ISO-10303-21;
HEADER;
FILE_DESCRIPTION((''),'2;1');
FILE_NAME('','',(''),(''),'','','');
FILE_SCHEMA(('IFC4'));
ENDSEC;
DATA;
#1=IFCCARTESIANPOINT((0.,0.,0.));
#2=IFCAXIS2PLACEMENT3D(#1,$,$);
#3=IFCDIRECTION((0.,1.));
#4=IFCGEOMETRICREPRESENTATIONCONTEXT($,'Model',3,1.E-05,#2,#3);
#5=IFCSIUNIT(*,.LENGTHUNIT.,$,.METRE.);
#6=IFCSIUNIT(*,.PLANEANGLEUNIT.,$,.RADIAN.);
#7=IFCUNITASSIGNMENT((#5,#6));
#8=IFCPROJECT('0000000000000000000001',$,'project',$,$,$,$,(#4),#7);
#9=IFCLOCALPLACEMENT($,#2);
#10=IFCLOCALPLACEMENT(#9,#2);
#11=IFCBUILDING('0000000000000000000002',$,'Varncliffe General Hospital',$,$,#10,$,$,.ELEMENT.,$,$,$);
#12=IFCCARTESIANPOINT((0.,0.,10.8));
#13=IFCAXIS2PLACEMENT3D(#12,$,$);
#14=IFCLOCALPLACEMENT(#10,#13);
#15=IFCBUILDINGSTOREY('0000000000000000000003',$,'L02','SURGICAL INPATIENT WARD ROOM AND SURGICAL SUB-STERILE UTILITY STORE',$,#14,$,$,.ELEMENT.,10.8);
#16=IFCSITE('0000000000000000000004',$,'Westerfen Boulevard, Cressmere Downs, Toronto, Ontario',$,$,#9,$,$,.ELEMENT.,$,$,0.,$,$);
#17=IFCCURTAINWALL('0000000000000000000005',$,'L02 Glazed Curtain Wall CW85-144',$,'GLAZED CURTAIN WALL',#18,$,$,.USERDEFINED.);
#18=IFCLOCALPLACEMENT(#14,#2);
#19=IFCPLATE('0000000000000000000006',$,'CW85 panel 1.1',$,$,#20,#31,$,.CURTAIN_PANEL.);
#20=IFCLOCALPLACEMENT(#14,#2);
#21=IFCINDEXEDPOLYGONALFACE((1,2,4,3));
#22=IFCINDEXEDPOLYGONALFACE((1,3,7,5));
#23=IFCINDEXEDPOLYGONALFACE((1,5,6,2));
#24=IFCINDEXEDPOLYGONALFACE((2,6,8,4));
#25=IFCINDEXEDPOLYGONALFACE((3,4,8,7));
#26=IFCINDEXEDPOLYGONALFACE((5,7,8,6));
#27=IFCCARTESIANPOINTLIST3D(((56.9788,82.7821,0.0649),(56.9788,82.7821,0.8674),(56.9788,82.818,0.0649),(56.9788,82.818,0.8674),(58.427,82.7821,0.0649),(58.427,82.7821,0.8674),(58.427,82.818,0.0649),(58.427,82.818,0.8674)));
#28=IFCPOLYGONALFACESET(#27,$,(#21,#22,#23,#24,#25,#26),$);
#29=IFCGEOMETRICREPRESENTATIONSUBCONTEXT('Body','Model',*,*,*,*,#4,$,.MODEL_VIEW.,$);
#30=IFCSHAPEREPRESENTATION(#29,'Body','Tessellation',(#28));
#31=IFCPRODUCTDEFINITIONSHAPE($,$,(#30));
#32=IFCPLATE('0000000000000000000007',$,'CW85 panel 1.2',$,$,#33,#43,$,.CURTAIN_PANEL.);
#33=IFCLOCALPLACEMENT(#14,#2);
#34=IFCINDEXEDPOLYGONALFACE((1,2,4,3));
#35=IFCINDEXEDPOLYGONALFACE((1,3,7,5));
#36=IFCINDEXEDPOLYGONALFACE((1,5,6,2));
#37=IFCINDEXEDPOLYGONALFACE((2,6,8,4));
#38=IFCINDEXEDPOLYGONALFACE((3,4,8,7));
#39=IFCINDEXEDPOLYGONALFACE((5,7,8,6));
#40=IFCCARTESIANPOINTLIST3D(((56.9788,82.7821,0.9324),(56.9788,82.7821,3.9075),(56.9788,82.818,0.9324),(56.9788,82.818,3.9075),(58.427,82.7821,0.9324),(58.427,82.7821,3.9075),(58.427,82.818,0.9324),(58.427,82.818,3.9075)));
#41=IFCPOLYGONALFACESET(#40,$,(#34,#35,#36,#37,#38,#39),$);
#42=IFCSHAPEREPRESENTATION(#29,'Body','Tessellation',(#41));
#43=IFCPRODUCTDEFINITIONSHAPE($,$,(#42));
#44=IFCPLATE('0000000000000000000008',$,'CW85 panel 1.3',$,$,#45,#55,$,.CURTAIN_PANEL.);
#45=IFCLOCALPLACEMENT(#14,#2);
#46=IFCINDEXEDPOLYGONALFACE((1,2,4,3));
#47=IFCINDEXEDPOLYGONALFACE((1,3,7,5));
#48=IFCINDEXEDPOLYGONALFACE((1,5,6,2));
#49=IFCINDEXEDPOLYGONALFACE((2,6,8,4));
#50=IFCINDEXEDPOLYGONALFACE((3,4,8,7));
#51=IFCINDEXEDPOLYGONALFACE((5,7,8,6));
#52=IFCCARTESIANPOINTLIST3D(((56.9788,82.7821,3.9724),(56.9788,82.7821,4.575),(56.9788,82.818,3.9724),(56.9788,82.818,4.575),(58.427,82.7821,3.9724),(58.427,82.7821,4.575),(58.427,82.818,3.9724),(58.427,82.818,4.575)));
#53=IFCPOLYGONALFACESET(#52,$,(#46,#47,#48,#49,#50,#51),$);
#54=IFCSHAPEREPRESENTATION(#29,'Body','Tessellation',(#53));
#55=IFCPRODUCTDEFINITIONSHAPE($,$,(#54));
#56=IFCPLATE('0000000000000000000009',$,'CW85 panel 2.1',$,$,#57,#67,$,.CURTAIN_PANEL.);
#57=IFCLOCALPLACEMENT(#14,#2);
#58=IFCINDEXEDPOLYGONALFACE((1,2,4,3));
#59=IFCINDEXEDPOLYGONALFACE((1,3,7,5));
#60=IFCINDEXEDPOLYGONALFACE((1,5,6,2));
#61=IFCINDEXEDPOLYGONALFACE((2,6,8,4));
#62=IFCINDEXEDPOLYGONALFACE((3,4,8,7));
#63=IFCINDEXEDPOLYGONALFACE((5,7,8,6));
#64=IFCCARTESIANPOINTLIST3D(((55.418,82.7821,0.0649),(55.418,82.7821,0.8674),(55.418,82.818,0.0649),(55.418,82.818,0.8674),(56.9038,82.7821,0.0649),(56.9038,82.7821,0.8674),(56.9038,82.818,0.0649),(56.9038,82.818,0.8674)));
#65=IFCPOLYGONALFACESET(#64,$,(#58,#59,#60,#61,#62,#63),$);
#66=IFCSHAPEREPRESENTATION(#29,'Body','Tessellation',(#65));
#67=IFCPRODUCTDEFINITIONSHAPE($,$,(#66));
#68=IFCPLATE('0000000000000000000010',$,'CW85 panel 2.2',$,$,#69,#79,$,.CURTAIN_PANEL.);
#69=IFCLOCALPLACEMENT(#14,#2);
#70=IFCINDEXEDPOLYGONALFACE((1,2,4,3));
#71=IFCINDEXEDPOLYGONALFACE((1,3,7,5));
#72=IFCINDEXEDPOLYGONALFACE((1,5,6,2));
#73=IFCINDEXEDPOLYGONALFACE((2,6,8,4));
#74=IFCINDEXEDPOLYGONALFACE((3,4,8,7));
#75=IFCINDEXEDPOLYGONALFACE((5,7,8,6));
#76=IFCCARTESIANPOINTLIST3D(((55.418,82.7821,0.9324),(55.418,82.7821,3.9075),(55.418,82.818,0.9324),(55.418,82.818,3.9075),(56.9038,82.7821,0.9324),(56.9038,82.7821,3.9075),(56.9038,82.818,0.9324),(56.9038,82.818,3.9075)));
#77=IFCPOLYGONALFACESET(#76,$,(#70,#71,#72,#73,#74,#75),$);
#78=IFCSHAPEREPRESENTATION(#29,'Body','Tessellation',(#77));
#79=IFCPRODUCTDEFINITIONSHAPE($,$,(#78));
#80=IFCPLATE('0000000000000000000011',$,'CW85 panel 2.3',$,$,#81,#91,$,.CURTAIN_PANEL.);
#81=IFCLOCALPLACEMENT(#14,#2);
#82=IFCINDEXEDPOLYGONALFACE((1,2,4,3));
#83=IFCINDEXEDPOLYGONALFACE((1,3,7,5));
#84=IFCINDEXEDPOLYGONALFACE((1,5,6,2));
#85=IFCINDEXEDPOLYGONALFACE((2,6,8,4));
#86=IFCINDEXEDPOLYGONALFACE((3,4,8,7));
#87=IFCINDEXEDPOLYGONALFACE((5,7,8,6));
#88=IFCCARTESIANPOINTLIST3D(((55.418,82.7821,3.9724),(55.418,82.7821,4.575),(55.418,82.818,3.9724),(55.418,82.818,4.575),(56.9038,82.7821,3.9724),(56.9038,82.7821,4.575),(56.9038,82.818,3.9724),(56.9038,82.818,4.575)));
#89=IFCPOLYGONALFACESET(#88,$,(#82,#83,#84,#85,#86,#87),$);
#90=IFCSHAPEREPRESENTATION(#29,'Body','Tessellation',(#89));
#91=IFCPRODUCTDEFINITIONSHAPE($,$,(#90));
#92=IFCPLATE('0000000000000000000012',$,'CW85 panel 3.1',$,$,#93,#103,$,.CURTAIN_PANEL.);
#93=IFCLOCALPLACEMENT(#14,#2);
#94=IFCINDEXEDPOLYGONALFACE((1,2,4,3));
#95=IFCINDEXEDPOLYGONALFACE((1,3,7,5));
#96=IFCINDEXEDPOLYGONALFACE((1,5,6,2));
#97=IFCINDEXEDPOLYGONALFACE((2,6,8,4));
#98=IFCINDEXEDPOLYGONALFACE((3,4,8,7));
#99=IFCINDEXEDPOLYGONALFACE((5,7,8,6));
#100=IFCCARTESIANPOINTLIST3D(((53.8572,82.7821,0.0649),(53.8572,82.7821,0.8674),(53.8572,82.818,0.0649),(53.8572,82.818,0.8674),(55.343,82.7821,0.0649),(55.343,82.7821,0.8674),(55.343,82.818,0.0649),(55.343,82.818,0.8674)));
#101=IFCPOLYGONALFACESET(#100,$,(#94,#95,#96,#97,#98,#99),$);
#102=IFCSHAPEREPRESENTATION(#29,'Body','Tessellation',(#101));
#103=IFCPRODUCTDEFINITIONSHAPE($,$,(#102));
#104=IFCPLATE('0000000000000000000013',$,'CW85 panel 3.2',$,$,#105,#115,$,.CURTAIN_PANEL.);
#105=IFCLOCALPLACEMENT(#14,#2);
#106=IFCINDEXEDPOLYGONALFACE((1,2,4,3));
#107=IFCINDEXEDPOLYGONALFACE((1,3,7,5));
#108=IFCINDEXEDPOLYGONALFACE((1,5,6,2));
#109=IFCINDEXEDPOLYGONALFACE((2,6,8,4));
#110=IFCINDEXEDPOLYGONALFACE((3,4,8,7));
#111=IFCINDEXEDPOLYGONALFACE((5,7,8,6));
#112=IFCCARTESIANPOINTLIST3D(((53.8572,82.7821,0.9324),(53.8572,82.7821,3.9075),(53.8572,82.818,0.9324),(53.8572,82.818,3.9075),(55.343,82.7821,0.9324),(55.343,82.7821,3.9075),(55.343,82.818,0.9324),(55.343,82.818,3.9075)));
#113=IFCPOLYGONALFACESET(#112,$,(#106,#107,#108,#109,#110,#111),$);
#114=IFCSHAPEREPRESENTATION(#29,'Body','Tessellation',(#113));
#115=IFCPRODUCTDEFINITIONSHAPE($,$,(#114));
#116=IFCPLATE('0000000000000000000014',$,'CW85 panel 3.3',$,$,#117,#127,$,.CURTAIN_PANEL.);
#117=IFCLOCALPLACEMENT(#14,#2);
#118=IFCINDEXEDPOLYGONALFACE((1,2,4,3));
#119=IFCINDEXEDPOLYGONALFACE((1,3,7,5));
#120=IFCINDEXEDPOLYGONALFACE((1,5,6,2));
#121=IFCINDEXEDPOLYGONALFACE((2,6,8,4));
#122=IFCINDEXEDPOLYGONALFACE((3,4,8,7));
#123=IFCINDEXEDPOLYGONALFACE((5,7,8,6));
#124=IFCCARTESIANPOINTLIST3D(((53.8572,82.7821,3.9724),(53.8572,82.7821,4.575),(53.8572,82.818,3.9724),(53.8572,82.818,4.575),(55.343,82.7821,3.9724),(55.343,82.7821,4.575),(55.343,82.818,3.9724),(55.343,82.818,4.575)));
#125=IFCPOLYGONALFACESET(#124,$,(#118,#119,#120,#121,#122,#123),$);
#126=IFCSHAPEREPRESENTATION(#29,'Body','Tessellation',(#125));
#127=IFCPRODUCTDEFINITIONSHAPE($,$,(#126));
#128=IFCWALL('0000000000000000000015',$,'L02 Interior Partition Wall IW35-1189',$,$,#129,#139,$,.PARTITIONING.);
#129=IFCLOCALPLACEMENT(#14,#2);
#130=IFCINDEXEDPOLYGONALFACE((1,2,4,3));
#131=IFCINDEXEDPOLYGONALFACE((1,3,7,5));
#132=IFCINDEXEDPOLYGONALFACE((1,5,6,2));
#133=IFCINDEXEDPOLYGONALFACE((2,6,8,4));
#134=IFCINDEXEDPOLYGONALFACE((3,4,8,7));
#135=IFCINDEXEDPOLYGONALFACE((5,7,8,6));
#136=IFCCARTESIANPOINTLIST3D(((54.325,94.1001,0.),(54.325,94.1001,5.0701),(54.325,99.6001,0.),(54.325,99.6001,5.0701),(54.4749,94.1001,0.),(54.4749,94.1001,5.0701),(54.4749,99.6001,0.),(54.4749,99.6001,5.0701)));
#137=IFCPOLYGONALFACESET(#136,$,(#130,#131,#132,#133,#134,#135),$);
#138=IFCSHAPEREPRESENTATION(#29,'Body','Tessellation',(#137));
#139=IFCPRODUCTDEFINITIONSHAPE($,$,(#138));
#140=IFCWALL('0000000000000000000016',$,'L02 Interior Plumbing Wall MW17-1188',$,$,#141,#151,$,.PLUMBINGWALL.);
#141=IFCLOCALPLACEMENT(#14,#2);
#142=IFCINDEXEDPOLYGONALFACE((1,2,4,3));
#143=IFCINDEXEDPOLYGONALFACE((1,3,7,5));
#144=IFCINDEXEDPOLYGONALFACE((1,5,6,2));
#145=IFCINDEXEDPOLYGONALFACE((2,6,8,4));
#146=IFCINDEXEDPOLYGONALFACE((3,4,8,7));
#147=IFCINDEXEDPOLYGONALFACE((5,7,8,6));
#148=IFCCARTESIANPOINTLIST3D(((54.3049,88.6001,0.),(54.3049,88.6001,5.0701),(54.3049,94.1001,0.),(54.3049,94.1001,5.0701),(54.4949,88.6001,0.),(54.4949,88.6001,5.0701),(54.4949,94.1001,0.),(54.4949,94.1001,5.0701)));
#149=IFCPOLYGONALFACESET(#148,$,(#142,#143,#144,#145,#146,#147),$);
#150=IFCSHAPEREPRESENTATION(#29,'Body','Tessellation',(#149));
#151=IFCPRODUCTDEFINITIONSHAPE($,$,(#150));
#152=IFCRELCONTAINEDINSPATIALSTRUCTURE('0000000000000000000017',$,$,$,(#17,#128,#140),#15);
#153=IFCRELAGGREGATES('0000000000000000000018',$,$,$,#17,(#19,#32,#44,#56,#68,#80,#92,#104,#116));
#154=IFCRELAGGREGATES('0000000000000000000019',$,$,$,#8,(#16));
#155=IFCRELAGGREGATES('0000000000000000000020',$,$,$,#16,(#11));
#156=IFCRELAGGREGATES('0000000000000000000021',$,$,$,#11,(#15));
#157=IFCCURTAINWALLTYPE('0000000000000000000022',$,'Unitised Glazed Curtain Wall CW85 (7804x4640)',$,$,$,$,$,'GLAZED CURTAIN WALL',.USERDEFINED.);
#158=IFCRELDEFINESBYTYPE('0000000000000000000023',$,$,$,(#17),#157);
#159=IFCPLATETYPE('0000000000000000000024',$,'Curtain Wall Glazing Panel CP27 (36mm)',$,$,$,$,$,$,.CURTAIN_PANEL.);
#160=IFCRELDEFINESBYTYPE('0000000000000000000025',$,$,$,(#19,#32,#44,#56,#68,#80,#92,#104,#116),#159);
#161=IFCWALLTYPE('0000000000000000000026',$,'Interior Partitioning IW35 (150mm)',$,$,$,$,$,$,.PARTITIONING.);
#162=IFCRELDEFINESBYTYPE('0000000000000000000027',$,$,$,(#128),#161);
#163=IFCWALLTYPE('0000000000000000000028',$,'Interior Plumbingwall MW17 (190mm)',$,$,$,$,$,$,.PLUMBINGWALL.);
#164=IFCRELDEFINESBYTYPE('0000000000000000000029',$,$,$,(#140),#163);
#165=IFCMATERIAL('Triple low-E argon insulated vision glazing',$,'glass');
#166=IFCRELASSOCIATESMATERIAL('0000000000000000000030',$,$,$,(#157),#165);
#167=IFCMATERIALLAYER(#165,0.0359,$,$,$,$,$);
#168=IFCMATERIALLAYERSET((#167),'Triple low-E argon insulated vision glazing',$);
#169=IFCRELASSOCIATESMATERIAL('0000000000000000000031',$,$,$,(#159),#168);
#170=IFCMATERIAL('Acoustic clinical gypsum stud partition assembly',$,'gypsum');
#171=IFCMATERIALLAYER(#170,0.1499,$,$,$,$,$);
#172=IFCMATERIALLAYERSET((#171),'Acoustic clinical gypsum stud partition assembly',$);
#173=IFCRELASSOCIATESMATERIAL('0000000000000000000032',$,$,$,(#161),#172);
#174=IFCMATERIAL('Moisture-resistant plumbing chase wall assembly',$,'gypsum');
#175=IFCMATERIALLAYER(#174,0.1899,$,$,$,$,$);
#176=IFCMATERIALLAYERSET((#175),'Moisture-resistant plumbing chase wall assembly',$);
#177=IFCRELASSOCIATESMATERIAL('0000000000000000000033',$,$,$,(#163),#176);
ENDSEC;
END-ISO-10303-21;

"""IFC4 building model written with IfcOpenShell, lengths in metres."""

from ifc_helpers import new_model, si_unit, direction, frame, frame_2d, origin, origin_2d, place, context, subcontext, project, spatial, rectangle, extrude, material, layer, layer_set, type_object, element, aggregate, save


model = new_model("IFC4")

# Units and contexts
model_context = context("Model", 3, precision=1e-05, world=origin(), true_north=direction((0.0, 1.0)))
body_context = subcontext(model_context, "Body", "Model", "MODEL_VIEW")
ifc_project = project(units=[si_unit("LENGTHUNIT", "METRE"), si_unit("PLANEANGLEUNIT", "RADIAN")], contexts=[model_context])

# Site, building, storey
site_placement = place(None, origin())
site = spatial("IfcSite", under=ifc_project, at=site_placement, Name="Westerfen Boulevard, Cressmere Downs, Toronto, Ontario", CompositionType="ELEMENT", RefElevation=0.0)
building_placement = place(site_placement, origin())
building = spatial("IfcBuilding", under=site, at=building_placement, Name="Varncliffe General Hospital", CompositionType="ELEMENT")
storey_placement = place(building_placement, frame((0.0, 0.0, 10.8)))
storey = spatial("IfcBuildingStorey", under=building, at=storey_placement, Name="L02", Description="SURGICAL INPATIENT WARD ROOM AND SURGICAL SUB-STERILE UTILITY STORE", CompositionType="ELEMENT", Elevation=10.8)

# Curtain wall, plates
ifc_material_1 = material(Name="Triple low-E argon insulated vision glazing", Category="glass")
curtain_wall_type = type_object("IfcCurtainWallType", Name="Unitised Glazed Curtain Wall CW85 (7804x4640)", ElementType="GLAZED CURTAIN WALL", PredefinedType="USERDEFINED", material=ifc_material_1)
curtain_wall_placement = place(storey_placement, origin())
curtain_wall = element("IfcCurtainWall", 1, at=curtain_wall_placement, inside=storey, type_object=curtain_wall_type, Name="L02 Glazed Curtain Wall CW85-144", ObjectType="GLAZED CURTAIN WALL", PredefinedType="USERDEFINED")
ifc_layer_1 = layer(ifc_material_1, 0.0359)
ifc_layer_set_1 = layer_set([ifc_layer_1], Name="Triple low-E argon insulated vision glazing")
plate_type = type_object("IfcPlateType", Name="Curtain Wall Glazing Panel CP27 (36mm)", PredefinedType="CURTAIN_PANEL", material=ifc_layer_set_1)
plate_1_placement = place(storey_placement, frame((57.7029, 82.8, 0.0649), z_axis=(0.0, 0.0, 1.0), x_axis=(-1.0, 0.0, 0.0)))
plate_1 = element("IfcPlate", 2, at=plate_1_placement, type_object=plate_type, Name="CW85 panel 1.1", PredefinedType="CURTAIN_PANEL", context=body_context, shape_type="SweptSolid", body=[
    extrude(rectangle(XDim=1.4482, YDim=0.0359, at=origin_2d()), origin(), (0.0, 0.0, 1.0), 0.8025),
])
plate_2_placement = place(storey_placement, frame((57.7029, 82.8, 0.9324), z_axis=(0.0, 0.0, 1.0), x_axis=(-1.0, 0.0, 0.0)))
plate_2 = element("IfcPlate", 3, at=plate_2_placement, type_object=plate_type, Name="CW85 panel 1.2", PredefinedType="CURTAIN_PANEL", context=body_context, shape_type="SweptSolid", body=[
    extrude(rectangle(XDim=1.4482, YDim=0.0359, at=origin_2d()), origin(), (0.0, 0.0, 1.0), 2.9751),
])
plate_3_placement = place(storey_placement, frame((57.7029, 82.8, 3.9724), z_axis=(0.0, 0.0, 1.0), x_axis=(-1.0, 0.0, 0.0)))
plate_3 = element("IfcPlate", 4, at=plate_3_placement, type_object=plate_type, Name="CW85 panel 1.3", PredefinedType="CURTAIN_PANEL", context=body_context, shape_type="SweptSolid", body=[
    extrude(rectangle(XDim=1.4482, YDim=0.0359, at=origin_2d()), origin(), (0.0, 0.0, 1.0), 0.6025),
])
plate_4_placement = place(storey_placement, frame((56.1609, 82.8, 0.0649), z_axis=(0.0, 0.0, 1.0), x_axis=(-1.0, 0.0, 0.0)))
plate_4 = element("IfcPlate", 5, at=plate_4_placement, type_object=plate_type, Name="CW85 panel 2.1", PredefinedType="CURTAIN_PANEL", context=body_context, shape_type="SweptSolid", body=[
    extrude(rectangle(XDim=1.4858, YDim=0.0359, at=origin_2d()), origin(), (0.0, 0.0, 1.0), 0.8025),
])
plate_5_placement = place(storey_placement, frame((56.1609, 82.8, 0.9324), z_axis=(0.0, 0.0, 1.0), x_axis=(-1.0, 0.0, 0.0)))
plate_5 = element("IfcPlate", 6, at=plate_5_placement, type_object=plate_type, Name="CW85 panel 2.2", PredefinedType="CURTAIN_PANEL", context=body_context, shape_type="SweptSolid", body=[
    extrude(rectangle(XDim=1.4858, YDim=0.0359, at=origin_2d()), origin(), (0.0, 0.0, 1.0), 2.9751),
])
plate_6_placement = place(storey_placement, frame((56.1609, 82.8, 3.9724), z_axis=(0.0, 0.0, 1.0), x_axis=(-1.0, 0.0, 0.0)))
plate_6 = element("IfcPlate", 7, at=plate_6_placement, type_object=plate_type, Name="CW85 panel 2.3", PredefinedType="CURTAIN_PANEL", context=body_context, shape_type="SweptSolid", body=[
    extrude(rectangle(XDim=1.4858, YDim=0.0359, at=origin_2d()), origin(), (0.0, 0.0, 1.0), 0.6025),
])
plate_7_placement = place(storey_placement, frame((54.6001, 82.8, 0.0649), z_axis=(0.0, 0.0, 1.0), x_axis=(-1.0, 0.0, 0.0)))
plate_7 = element("IfcPlate", 8, at=plate_7_placement, type_object=plate_type, Name="CW85 panel 3.1", PredefinedType="CURTAIN_PANEL", context=body_context, shape_type="SweptSolid", body=[
    extrude(rectangle(XDim=1.4858, YDim=0.0359, at=origin_2d()), origin(), (0.0, 0.0, 1.0), 0.8025),
])
plate_8_placement = place(storey_placement, frame((54.6001, 82.8, 0.9324), z_axis=(0.0, 0.0, 1.0), x_axis=(-1.0, 0.0, 0.0)))
plate_8 = element("IfcPlate", 9, at=plate_8_placement, type_object=plate_type, Name="CW85 panel 3.2", PredefinedType="CURTAIN_PANEL", context=body_context, shape_type="SweptSolid", body=[
    extrude(rectangle(XDim=1.4858, YDim=0.0359, at=origin_2d()), origin(), (0.0, 0.0, 1.0), 2.9751),
])
plate_9_placement = place(storey_placement, frame((54.6001, 82.8, 3.9724), z_axis=(0.0, 0.0, 1.0), x_axis=(-1.0, 0.0, 0.0)))
plate_9 = element("IfcPlate", 10, at=plate_9_placement, type_object=plate_type, Name="CW85 panel 3.3", PredefinedType="CURTAIN_PANEL", context=body_context, shape_type="SweptSolid", body=[
    extrude(rectangle(XDim=1.4858, YDim=0.0359, at=origin_2d()), origin(), (0.0, 0.0, 1.0), 0.6025),
])
aggregate(curtain_wall, [plate_1, plate_2, plate_3, plate_4, plate_5, plate_6, plate_7, plate_8, plate_9])

# Walls
ifc_material_2 = material(Name="Acoustic clinical gypsum stud partition assembly", Category="gypsum")
ifc_layer_2 = layer(ifc_material_2, 0.1499)
ifc_layer_set_2 = layer_set([ifc_layer_2], Name="Acoustic clinical gypsum stud partition assembly")
wall_type_1 = type_object("IfcWallType", Name="Interior Partitioning IW35 (150mm)", PredefinedType="PARTITIONING", material=ifc_layer_set_2)
wall_1_placement = place(storey_placement, frame((54.3999, 94.1001, 0.0), z_axis=(0.0, 0.0, 1.0), x_axis=(0.0, 1.0, 0.0)))
element("IfcWall", 11, at=wall_1_placement, inside=storey, type_object=wall_type_1, Name="L02 Interior Partition Wall IW35-1189", PredefinedType="PARTITIONING", context=body_context, shape_type="SweptSolid", body=[
    extrude(rectangle(XDim=5.5, YDim=0.1499, at=frame_2d((2.75, 0.0))), origin(), (0.0, 0.0, 1.0), 5.0701),
])
ifc_material_3 = material(Name="Moisture-resistant plumbing chase wall assembly", Category="gypsum")
ifc_layer_3 = layer(ifc_material_3, 0.1899)
ifc_layer_set_3 = layer_set([ifc_layer_3], Name="Moisture-resistant plumbing chase wall assembly")
wall_type_2 = type_object("IfcWallType", Name="Interior Plumbingwall MW17 (190mm)", PredefinedType="PLUMBINGWALL", material=ifc_layer_set_3)
wall_2_placement = place(storey_placement, frame((54.3999, 88.6001, 0.0), z_axis=(0.0, 0.0, 1.0), x_axis=(0.0, 1.0, 0.0)))
element("IfcWall", 12, at=wall_2_placement, inside=storey, type_object=wall_type_2, Name="L02 Interior Plumbing Wall MW17-1188", PredefinedType="PLUMBINGWALL", context=body_context, shape_type="SweptSolid", body=[
    extrude(rectangle(XDim=5.5, YDim=0.1899, at=frame_2d((2.75, 0.0))), origin(), (0.0, 0.0, 1.0), 5.0701),
])

save(model, "model.ifc")
